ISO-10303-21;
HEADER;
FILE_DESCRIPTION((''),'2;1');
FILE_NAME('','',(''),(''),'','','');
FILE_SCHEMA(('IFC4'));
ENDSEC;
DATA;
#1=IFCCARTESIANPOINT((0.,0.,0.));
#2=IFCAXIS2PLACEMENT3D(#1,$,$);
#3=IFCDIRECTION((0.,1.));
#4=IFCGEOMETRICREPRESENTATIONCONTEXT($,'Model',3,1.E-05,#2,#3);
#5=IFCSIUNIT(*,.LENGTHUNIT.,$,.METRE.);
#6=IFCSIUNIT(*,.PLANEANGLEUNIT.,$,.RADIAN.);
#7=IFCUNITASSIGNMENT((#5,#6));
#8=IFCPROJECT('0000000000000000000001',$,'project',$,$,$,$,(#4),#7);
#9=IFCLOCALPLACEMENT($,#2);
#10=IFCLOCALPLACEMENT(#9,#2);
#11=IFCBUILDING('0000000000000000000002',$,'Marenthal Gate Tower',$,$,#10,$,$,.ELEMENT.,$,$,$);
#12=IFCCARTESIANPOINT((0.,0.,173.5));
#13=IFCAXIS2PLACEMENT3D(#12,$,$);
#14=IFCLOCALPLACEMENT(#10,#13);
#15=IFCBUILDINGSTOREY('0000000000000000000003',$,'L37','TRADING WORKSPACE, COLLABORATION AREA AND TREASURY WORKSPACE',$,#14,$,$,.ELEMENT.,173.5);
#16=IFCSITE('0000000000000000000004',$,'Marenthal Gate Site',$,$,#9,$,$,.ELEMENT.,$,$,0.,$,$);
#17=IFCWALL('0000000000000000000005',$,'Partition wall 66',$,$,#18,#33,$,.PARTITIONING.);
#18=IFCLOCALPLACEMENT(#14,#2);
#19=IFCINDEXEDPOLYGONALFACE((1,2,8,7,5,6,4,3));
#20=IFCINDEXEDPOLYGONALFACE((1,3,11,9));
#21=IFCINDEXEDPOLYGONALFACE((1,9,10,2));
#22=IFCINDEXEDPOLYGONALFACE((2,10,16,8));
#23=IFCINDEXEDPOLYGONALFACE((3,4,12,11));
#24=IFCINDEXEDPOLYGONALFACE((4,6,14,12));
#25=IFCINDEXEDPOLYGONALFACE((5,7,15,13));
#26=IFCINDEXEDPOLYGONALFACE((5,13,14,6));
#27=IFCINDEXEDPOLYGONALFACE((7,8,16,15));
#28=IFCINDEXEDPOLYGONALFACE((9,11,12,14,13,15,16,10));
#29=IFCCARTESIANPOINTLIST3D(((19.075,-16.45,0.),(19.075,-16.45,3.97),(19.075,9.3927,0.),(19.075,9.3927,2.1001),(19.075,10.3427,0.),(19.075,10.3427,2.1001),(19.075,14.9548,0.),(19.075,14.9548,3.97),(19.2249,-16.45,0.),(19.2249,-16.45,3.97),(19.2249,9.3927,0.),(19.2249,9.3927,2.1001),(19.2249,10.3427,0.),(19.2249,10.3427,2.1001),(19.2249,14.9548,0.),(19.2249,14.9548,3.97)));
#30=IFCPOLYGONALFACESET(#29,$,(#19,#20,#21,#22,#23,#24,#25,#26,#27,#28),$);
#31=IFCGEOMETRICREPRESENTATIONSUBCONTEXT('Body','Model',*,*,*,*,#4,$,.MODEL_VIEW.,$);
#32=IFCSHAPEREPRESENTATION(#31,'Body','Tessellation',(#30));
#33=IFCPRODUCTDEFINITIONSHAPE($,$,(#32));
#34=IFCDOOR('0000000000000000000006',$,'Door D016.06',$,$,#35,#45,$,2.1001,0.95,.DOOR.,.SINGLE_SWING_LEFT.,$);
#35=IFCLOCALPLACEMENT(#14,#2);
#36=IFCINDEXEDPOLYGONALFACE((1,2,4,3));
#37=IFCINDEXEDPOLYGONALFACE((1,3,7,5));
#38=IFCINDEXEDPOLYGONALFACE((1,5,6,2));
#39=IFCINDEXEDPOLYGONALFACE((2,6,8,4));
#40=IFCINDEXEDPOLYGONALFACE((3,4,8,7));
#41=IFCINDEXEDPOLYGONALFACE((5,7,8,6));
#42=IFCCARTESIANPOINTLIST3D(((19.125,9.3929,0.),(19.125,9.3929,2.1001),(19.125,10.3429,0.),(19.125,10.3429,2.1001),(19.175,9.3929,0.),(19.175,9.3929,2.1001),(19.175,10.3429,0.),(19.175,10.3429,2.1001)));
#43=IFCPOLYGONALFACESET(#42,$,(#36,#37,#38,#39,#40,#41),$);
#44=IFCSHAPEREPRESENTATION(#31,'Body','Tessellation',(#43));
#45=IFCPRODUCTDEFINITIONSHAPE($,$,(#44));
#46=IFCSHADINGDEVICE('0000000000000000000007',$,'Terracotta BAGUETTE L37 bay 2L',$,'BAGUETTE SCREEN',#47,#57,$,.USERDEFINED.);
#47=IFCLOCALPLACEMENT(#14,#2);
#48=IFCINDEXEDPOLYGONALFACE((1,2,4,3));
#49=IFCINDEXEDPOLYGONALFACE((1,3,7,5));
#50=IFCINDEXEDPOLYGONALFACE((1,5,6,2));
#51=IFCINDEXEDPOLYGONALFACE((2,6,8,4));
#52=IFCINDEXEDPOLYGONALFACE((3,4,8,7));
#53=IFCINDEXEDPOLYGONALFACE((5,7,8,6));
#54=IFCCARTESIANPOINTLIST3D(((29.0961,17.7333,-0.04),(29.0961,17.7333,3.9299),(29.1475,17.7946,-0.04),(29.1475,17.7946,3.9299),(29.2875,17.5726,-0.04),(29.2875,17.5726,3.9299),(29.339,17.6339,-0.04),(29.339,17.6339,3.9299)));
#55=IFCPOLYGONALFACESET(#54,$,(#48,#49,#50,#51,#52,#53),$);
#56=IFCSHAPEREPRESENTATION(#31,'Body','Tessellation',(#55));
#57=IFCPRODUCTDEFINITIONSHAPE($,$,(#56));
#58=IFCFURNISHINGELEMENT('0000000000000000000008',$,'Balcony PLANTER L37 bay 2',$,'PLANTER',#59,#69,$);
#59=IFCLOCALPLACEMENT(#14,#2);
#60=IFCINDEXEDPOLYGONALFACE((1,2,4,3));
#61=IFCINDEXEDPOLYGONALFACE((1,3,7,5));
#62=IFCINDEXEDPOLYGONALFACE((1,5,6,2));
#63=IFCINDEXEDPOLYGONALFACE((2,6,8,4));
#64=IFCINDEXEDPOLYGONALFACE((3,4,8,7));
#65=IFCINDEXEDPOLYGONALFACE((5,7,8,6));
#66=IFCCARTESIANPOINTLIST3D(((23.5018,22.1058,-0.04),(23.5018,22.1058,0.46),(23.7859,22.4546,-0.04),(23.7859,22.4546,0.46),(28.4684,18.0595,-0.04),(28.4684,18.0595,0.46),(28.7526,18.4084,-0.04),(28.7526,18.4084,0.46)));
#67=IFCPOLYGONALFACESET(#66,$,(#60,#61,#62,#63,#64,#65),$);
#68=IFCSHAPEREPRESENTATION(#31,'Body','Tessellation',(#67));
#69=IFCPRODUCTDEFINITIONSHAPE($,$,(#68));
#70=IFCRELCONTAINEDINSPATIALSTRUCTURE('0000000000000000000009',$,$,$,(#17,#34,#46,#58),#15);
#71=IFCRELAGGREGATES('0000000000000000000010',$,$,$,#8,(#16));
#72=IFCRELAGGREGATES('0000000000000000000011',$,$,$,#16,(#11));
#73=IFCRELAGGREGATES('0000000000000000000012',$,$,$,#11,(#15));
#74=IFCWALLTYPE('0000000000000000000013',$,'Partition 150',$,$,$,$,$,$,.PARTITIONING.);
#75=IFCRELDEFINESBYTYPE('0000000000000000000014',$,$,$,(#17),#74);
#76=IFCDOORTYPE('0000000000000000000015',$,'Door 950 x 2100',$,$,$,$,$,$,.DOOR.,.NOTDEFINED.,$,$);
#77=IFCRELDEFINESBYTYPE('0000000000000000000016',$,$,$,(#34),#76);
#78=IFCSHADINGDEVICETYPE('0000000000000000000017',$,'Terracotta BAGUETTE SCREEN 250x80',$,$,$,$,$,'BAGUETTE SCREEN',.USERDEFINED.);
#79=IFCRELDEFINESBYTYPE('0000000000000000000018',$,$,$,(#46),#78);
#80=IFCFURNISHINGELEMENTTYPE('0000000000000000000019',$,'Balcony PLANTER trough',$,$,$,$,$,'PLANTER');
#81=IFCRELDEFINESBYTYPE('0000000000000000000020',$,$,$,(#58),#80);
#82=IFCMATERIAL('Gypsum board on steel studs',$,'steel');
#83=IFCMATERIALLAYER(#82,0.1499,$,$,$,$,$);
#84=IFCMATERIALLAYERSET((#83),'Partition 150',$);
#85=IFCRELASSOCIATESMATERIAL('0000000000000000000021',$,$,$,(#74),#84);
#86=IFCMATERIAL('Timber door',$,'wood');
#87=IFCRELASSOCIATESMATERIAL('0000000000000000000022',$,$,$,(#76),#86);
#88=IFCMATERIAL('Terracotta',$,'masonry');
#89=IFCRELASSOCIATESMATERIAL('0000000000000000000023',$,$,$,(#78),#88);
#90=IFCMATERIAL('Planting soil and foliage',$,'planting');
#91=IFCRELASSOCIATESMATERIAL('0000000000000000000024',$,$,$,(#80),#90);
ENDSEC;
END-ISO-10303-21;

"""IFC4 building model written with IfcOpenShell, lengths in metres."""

from ifc_helpers import new_model, si_unit, direction, frame, frame_2d, origin, origin_2d, place, context, subcontext, project, spatial, rectangle, extrude, material, layer, layer_set, material_profile, profile_set, type_object, element, fill, save


model = new_model("IFC4")

# Units and contexts
model_context = context("Model", 3, precision=1e-05, world=origin(), true_north=direction((0.0, 1.0)))
body_context = subcontext(model_context, "Body", "Model", "MODEL_VIEW")
ifc_project = project(units=[si_unit("LENGTHUNIT", "METRE"), si_unit("PLANEANGLEUNIT", "RADIAN")], contexts=[model_context])

# Site, building, storey
site_placement = place(None, origin())
site = spatial("IfcSite", under=ifc_project, at=site_placement, Name="Marenthal Gate Site", CompositionType="ELEMENT", RefElevation=0.0)
building_placement = place(site_placement, origin())
building = spatial("IfcBuilding", under=site, at=building_placement, Name="Marenthal Gate Tower", CompositionType="ELEMENT")
storey_placement = place(building_placement, frame((0.0, 0.0, 173.5)))
storey = spatial("IfcBuildingStorey", under=building, at=storey_placement, Name="L37", Description="TRADING WORKSPACE, COLLABORATION AREA AND TREASURY WORKSPACE", CompositionType="ELEMENT", Elevation=173.5)

# Shared definitions
ifc_material_1 = material(Name="Gypsum board on steel studs", Category="steel")
ifc_layer_1 = layer(ifc_material_1, 0.1499)
ifc_layer_set_1 = layer_set([ifc_layer_1], Name="Partition 150")
wall_type_1 = type_object("IfcWallType", Name="Partition 150", PredefinedType="PARTITIONING", material=ifc_layer_set_1)

# Wall, opening, door
wall_1_placement = place(storey_placement, frame((19.1499, 14.9548, 0.0), z_axis=(0.0, 0.0, 1.0), x_axis=(0.0, -1.0, 0.0)))
wall_1 = element("IfcWall", 1, at=wall_1_placement, inside=storey, type_object=wall_type_1, Name="Partition wall 66", PredefinedType="PARTITIONING", context=body_context, shape_type="SweptSolid", body=[
    extrude(rectangle(XDim=31.4048, YDim=0.1499, at=frame_2d((15.7024, 0.0))), origin(), (0.0, 0.0, 1.0), 3.97),
])
opening_1_placement = place(wall_1_placement, frame((4.6121, 0.0, 0.0)))
opening_1 = element("IfcOpeningElement", 2, at=opening_1_placement, cuts=wall_1, PredefinedType="OPENING", context=body_context, shape_type="SweptSolid", body=[
    extrude(rectangle(XDim=0.95, YDim=2.1001, at=frame_2d((0.4751, 1.05))), frame((0.0, 0.085, 0.0), z_axis=(0.0, -1.0, 0.0), x_axis=(1.0, 0.0, 0.0)), (0.0, 0.0, 1.0), 0.1699),
])
ifc_material_2 = material(Name="Timber door", Category="wood")
door_type_1 = type_object("IfcDoorType", Name="Door 950 x 2100", OperationType="NOTDEFINED", PredefinedType="DOOR", material=ifc_material_2)
door_1_placement = place(opening_1_placement, frame((0.95, 0.0, 0.0), z_axis=(0.0, 0.0, 1.0), x_axis=(-1.0, 0.0, 0.0)))
door_1 = element("IfcDoor", 3, at=door_1_placement, inside=storey, type_object=door_type_1, Name="Door D016.06", OperationType="SINGLE_SWING_LEFT", OverallHeight=2.1001, OverallWidth=0.95, PredefinedType="DOOR", context=body_context, shape_type="SweptSolid", body=[
    extrude(rectangle(XDim=0.95, YDim=2.1001, at=frame_2d((0.4751, 1.05))), frame((0.0, 0.0249, 0.0), z_axis=(0.0, -1.0, 0.0), x_axis=(1.0, 0.0, 0.0)), (0.0, 0.0, 1.0), 0.05),
])
fill(opening_1, door_1)

# Shading device
ifc_material_3 = material(Name="Terracotta", Category="masonry")
ifc_material_profile_1 = material_profile(ifc_material_3, rectangle(XDim=0.25, YDim=0.0801, at=origin_2d()), Name="Terracotta baguette 250x80")
ifc_profile_set_1 = profile_set([ifc_material_profile_1], Name="Terracotta")
shading_device_type = type_object("IfcShadingDeviceType", Name="Terracotta BAGUETTE SCREEN 250x80", ElementType="BAGUETTE SCREEN", PredefinedType="USERDEFINED", material=ifc_profile_set_1)
shading_device_placement = place(storey_placement, frame((29.2175, 17.6836, -0.04), z_axis=(0.0, 0.0, 1.0), x_axis=(-0.76585, 0.643019, 0.0)))
element("IfcShadingDevice", 4, at=shading_device_placement, inside=storey, type_object=shading_device_type, Name="Terracotta BAGUETTE L37 bay 2L", ObjectType="BAGUETTE SCREEN", PredefinedType="USERDEFINED", context=body_context, shape_type="SweptSolid", body=[
    extrude(rectangle(XDim=0.25, YDim=0.0801, at=origin_2d()), origin(), (0.0, 0.0, 1.0), 3.97),
])

# Furnishing element
ifc_material_4 = material(Name="Planting soil and foliage", Category="planting")
furnishing_element_type = type_object("IfcFurnishingElementType", Name="Balcony PLANTER trough", ElementType="PLANTER", material=ifc_material_4)
furnishing_placement = place(storey_placement, frame((26.1272, 20.2571, -0.04), z_axis=(0.0, 0.0, 1.0), x_axis=(-0.775288, 0.631608, 0.0)))
element("IfcFurnishingElement", 5, at=furnishing_placement, inside=storey, type_object=furnishing_element_type, Name="Balcony PLANTER L37 bay 2", ObjectType="PLANTER", context=body_context, shape_type="SweptSolid", body=[
    extrude(rectangle(XDim=6.4062, YDim=0.45, at=origin_2d()), origin(), (0.0, 0.0, 1.0), 0.5),
])

save(model, "model.ifc")
